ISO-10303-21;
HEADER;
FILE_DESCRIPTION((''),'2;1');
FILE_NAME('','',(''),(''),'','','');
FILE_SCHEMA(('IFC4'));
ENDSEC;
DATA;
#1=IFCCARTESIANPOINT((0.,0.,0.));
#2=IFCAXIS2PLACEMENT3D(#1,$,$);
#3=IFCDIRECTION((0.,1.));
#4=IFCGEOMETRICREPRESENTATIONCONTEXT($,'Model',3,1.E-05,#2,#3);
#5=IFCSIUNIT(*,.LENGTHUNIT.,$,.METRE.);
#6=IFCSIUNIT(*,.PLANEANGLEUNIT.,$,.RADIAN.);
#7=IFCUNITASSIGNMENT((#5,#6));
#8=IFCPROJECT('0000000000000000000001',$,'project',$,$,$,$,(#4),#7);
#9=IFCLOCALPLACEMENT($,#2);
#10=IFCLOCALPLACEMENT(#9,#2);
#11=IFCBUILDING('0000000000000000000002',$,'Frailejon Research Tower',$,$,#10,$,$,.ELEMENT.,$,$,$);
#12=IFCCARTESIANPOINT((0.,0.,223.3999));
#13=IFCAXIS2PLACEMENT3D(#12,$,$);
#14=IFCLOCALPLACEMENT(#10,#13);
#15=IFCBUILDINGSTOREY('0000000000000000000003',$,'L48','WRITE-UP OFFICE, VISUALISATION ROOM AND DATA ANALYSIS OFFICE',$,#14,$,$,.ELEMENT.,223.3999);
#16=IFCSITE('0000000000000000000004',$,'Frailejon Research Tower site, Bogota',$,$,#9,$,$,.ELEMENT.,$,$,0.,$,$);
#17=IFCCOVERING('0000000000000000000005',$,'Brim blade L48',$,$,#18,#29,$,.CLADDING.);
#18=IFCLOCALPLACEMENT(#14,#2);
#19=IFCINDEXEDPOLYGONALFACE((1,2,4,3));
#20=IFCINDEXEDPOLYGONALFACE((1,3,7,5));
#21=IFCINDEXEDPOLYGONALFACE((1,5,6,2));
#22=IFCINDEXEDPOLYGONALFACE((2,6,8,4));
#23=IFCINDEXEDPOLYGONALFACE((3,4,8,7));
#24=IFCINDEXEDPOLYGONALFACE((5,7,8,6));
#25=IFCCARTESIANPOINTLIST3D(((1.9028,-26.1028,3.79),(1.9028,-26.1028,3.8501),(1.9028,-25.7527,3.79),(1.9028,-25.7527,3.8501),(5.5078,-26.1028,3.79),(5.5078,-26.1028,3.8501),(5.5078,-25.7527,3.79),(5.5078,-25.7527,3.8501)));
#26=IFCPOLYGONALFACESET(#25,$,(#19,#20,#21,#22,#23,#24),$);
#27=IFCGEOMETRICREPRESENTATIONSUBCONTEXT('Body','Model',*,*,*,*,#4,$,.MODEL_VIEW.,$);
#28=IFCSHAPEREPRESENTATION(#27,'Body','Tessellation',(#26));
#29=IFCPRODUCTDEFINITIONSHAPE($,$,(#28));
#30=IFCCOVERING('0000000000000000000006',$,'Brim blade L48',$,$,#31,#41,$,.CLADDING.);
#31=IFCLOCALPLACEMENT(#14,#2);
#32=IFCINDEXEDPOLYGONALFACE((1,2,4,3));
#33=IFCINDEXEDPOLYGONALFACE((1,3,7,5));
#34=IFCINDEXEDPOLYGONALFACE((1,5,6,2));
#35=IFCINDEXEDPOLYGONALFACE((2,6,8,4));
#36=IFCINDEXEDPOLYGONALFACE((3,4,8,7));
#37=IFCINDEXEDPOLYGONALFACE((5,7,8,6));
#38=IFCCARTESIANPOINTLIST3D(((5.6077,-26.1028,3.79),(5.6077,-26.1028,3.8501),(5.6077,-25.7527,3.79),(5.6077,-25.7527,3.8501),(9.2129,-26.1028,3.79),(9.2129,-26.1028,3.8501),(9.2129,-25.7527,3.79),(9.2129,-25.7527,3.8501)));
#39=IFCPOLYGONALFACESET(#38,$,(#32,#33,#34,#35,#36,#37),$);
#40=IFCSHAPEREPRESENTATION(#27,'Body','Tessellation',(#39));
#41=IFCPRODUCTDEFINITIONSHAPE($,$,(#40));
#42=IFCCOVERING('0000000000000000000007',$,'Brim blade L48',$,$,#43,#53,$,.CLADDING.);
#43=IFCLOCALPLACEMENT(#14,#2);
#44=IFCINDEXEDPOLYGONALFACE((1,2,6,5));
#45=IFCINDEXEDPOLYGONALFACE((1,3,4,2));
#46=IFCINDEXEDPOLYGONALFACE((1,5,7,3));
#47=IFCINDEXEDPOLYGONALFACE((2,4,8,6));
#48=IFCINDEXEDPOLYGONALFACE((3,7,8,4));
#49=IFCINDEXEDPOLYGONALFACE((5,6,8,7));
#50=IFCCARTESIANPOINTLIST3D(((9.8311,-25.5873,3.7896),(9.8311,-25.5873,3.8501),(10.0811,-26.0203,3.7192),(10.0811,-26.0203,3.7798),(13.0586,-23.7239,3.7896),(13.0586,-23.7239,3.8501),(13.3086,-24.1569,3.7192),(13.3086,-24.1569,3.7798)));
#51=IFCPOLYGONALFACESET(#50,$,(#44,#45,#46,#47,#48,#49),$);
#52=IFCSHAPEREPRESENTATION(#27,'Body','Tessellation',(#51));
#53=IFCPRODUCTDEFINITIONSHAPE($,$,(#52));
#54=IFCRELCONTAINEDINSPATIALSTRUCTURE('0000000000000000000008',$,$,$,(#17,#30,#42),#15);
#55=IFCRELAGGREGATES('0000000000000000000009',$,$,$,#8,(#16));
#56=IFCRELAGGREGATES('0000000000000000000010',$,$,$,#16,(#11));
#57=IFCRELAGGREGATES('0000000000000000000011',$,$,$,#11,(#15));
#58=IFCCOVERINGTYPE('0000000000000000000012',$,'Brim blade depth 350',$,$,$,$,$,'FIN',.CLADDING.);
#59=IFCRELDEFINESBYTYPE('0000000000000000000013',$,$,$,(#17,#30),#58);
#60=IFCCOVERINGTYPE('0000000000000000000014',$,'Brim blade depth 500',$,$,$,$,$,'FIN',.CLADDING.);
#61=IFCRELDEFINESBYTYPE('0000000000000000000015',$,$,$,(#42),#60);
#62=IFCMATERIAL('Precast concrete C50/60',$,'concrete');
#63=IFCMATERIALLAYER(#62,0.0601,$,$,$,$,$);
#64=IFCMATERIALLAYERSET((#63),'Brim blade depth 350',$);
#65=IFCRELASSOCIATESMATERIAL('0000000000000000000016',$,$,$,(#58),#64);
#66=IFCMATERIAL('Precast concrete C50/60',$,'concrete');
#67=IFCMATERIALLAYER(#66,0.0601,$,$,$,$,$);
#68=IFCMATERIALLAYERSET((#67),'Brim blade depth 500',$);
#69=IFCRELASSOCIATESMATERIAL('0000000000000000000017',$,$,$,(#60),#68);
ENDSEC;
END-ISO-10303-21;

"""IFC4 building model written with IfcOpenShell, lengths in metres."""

from ifc_helpers import new_model, si_unit, direction, frame, origin, place, context, subcontext, project, spatial, polyline, outline, extrude, material, layer, layer_set, type_object, element, save


model = new_model("IFC4")

# Units and contexts
model_context = context("Model", 3, precision=1e-05, world=origin(), true_north=direction((0.0, 1.0)))
body_context = subcontext(model_context, "Body", "Model", "MODEL_VIEW")
ifc_project = project(units=[si_unit("LENGTHUNIT", "METRE"), si_unit("PLANEANGLEUNIT", "RADIAN")], contexts=[model_context])

# Site, building, storey
site_placement = place(None, origin())
site = spatial("IfcSite", under=ifc_project, at=site_placement, Name="Frailejon Research Tower site, Bogota", CompositionType="ELEMENT", RefElevation=0.0)
building_placement = place(site_placement, origin())
building = spatial("IfcBuilding", under=site, at=building_placement, Name="Frailejon Research Tower", CompositionType="ELEMENT")
storey_placement = place(building_placement, frame((0.0, 0.0, 223.3999)))
storey = spatial("IfcBuildingStorey", under=building, at=storey_placement, Name="L48", Description="WRITE-UP OFFICE, VISUALISATION ROOM AND DATA ANALYSIS OFFICE", CompositionType="ELEMENT", Elevation=223.3999)

# Coverings
ifc_material_1 = material(Name="Precast concrete C50/60", Category="concrete")
ifc_layer_1 = layer(ifc_material_1, 0.0601)
ifc_layer_set_1 = layer_set([ifc_layer_1], Name="Brim blade depth 350")
covering_type_1 = type_object("IfcCoveringType", Name="Brim blade depth 350", ElementType="FIN", PredefinedType="CLADDING", material=ifc_layer_set_1)
covering_1_placement = place(storey_placement, frame((5.5078, -25.7527, 3.8501), z_axis=(-1.0, 0.0, 0.0), x_axis=(0.0, -1.0, 0.0)))
element("IfcCovering", 1, at=covering_1_placement, inside=storey, type_object=covering_type_1, Name="Brim blade L48", PredefinedType="CLADDING", context=body_context, shape_type="SweptSolid", body=[
    extrude(outline(polyline([(0.0, -0.0601), (0.3501, -0.0601), (0.3501, 0.0), (0.0, 0.0), (0.0, -0.0601)])), origin(), (0.0, 0.0, 1.0), 3.605),
])
covering_2_placement = place(storey_placement, frame((9.2129, -25.7527, 3.8501), z_axis=(-1.0, 0.0, 0.0), x_axis=(0.0, -1.0, 0.0)))
element("IfcCovering", 2, at=covering_2_placement, inside=storey, type_object=covering_type_1, Name="Brim blade L48", PredefinedType="CLADDING", context=body_context, shape_type="SweptSolid", body=[
    extrude(outline(polyline([(0.0, -0.0601), (0.3501, -0.0601), (0.3501, 0.0), (0.0, 0.0), (0.0, -0.0601)])), origin(), (0.0, 0.0, 1.0), 3.6052),
])
ifc_material_2 = material(Name="Precast concrete C50/60", Category="concrete")
ifc_layer_2 = layer(ifc_material_2, 0.0601)
ifc_layer_set_2 = layer_set([ifc_layer_2], Name="Brim blade depth 500")
covering_type_2 = type_object("IfcCoveringType", Name="Brim blade depth 500", ElementType="FIN", PredefinedType="CLADDING", material=ifc_layer_set_2)
covering_3_placement = place(storey_placement, frame((13.0586, -23.7239, 3.8501), z_axis=(-0.86603, -0.499992, 0.0), x_axis=(0.499992, -0.86603, 0.0)))
element("IfcCovering", 3, at=covering_3_placement, inside=storey, type_object=covering_type_2, Name="Brim blade L48", PredefinedType="CLADDING", context=body_context, shape_type="SweptSolid", body=[
    extrude(outline(polyline([(0.0, -0.0605), (0.5, -0.1309), (0.5, -0.0703), (0.0, 0.0), (0.0, -0.0605)])), origin(), (0.0, 0.0, 1.0), 3.7268),
])

save(model, "model.ifc")
